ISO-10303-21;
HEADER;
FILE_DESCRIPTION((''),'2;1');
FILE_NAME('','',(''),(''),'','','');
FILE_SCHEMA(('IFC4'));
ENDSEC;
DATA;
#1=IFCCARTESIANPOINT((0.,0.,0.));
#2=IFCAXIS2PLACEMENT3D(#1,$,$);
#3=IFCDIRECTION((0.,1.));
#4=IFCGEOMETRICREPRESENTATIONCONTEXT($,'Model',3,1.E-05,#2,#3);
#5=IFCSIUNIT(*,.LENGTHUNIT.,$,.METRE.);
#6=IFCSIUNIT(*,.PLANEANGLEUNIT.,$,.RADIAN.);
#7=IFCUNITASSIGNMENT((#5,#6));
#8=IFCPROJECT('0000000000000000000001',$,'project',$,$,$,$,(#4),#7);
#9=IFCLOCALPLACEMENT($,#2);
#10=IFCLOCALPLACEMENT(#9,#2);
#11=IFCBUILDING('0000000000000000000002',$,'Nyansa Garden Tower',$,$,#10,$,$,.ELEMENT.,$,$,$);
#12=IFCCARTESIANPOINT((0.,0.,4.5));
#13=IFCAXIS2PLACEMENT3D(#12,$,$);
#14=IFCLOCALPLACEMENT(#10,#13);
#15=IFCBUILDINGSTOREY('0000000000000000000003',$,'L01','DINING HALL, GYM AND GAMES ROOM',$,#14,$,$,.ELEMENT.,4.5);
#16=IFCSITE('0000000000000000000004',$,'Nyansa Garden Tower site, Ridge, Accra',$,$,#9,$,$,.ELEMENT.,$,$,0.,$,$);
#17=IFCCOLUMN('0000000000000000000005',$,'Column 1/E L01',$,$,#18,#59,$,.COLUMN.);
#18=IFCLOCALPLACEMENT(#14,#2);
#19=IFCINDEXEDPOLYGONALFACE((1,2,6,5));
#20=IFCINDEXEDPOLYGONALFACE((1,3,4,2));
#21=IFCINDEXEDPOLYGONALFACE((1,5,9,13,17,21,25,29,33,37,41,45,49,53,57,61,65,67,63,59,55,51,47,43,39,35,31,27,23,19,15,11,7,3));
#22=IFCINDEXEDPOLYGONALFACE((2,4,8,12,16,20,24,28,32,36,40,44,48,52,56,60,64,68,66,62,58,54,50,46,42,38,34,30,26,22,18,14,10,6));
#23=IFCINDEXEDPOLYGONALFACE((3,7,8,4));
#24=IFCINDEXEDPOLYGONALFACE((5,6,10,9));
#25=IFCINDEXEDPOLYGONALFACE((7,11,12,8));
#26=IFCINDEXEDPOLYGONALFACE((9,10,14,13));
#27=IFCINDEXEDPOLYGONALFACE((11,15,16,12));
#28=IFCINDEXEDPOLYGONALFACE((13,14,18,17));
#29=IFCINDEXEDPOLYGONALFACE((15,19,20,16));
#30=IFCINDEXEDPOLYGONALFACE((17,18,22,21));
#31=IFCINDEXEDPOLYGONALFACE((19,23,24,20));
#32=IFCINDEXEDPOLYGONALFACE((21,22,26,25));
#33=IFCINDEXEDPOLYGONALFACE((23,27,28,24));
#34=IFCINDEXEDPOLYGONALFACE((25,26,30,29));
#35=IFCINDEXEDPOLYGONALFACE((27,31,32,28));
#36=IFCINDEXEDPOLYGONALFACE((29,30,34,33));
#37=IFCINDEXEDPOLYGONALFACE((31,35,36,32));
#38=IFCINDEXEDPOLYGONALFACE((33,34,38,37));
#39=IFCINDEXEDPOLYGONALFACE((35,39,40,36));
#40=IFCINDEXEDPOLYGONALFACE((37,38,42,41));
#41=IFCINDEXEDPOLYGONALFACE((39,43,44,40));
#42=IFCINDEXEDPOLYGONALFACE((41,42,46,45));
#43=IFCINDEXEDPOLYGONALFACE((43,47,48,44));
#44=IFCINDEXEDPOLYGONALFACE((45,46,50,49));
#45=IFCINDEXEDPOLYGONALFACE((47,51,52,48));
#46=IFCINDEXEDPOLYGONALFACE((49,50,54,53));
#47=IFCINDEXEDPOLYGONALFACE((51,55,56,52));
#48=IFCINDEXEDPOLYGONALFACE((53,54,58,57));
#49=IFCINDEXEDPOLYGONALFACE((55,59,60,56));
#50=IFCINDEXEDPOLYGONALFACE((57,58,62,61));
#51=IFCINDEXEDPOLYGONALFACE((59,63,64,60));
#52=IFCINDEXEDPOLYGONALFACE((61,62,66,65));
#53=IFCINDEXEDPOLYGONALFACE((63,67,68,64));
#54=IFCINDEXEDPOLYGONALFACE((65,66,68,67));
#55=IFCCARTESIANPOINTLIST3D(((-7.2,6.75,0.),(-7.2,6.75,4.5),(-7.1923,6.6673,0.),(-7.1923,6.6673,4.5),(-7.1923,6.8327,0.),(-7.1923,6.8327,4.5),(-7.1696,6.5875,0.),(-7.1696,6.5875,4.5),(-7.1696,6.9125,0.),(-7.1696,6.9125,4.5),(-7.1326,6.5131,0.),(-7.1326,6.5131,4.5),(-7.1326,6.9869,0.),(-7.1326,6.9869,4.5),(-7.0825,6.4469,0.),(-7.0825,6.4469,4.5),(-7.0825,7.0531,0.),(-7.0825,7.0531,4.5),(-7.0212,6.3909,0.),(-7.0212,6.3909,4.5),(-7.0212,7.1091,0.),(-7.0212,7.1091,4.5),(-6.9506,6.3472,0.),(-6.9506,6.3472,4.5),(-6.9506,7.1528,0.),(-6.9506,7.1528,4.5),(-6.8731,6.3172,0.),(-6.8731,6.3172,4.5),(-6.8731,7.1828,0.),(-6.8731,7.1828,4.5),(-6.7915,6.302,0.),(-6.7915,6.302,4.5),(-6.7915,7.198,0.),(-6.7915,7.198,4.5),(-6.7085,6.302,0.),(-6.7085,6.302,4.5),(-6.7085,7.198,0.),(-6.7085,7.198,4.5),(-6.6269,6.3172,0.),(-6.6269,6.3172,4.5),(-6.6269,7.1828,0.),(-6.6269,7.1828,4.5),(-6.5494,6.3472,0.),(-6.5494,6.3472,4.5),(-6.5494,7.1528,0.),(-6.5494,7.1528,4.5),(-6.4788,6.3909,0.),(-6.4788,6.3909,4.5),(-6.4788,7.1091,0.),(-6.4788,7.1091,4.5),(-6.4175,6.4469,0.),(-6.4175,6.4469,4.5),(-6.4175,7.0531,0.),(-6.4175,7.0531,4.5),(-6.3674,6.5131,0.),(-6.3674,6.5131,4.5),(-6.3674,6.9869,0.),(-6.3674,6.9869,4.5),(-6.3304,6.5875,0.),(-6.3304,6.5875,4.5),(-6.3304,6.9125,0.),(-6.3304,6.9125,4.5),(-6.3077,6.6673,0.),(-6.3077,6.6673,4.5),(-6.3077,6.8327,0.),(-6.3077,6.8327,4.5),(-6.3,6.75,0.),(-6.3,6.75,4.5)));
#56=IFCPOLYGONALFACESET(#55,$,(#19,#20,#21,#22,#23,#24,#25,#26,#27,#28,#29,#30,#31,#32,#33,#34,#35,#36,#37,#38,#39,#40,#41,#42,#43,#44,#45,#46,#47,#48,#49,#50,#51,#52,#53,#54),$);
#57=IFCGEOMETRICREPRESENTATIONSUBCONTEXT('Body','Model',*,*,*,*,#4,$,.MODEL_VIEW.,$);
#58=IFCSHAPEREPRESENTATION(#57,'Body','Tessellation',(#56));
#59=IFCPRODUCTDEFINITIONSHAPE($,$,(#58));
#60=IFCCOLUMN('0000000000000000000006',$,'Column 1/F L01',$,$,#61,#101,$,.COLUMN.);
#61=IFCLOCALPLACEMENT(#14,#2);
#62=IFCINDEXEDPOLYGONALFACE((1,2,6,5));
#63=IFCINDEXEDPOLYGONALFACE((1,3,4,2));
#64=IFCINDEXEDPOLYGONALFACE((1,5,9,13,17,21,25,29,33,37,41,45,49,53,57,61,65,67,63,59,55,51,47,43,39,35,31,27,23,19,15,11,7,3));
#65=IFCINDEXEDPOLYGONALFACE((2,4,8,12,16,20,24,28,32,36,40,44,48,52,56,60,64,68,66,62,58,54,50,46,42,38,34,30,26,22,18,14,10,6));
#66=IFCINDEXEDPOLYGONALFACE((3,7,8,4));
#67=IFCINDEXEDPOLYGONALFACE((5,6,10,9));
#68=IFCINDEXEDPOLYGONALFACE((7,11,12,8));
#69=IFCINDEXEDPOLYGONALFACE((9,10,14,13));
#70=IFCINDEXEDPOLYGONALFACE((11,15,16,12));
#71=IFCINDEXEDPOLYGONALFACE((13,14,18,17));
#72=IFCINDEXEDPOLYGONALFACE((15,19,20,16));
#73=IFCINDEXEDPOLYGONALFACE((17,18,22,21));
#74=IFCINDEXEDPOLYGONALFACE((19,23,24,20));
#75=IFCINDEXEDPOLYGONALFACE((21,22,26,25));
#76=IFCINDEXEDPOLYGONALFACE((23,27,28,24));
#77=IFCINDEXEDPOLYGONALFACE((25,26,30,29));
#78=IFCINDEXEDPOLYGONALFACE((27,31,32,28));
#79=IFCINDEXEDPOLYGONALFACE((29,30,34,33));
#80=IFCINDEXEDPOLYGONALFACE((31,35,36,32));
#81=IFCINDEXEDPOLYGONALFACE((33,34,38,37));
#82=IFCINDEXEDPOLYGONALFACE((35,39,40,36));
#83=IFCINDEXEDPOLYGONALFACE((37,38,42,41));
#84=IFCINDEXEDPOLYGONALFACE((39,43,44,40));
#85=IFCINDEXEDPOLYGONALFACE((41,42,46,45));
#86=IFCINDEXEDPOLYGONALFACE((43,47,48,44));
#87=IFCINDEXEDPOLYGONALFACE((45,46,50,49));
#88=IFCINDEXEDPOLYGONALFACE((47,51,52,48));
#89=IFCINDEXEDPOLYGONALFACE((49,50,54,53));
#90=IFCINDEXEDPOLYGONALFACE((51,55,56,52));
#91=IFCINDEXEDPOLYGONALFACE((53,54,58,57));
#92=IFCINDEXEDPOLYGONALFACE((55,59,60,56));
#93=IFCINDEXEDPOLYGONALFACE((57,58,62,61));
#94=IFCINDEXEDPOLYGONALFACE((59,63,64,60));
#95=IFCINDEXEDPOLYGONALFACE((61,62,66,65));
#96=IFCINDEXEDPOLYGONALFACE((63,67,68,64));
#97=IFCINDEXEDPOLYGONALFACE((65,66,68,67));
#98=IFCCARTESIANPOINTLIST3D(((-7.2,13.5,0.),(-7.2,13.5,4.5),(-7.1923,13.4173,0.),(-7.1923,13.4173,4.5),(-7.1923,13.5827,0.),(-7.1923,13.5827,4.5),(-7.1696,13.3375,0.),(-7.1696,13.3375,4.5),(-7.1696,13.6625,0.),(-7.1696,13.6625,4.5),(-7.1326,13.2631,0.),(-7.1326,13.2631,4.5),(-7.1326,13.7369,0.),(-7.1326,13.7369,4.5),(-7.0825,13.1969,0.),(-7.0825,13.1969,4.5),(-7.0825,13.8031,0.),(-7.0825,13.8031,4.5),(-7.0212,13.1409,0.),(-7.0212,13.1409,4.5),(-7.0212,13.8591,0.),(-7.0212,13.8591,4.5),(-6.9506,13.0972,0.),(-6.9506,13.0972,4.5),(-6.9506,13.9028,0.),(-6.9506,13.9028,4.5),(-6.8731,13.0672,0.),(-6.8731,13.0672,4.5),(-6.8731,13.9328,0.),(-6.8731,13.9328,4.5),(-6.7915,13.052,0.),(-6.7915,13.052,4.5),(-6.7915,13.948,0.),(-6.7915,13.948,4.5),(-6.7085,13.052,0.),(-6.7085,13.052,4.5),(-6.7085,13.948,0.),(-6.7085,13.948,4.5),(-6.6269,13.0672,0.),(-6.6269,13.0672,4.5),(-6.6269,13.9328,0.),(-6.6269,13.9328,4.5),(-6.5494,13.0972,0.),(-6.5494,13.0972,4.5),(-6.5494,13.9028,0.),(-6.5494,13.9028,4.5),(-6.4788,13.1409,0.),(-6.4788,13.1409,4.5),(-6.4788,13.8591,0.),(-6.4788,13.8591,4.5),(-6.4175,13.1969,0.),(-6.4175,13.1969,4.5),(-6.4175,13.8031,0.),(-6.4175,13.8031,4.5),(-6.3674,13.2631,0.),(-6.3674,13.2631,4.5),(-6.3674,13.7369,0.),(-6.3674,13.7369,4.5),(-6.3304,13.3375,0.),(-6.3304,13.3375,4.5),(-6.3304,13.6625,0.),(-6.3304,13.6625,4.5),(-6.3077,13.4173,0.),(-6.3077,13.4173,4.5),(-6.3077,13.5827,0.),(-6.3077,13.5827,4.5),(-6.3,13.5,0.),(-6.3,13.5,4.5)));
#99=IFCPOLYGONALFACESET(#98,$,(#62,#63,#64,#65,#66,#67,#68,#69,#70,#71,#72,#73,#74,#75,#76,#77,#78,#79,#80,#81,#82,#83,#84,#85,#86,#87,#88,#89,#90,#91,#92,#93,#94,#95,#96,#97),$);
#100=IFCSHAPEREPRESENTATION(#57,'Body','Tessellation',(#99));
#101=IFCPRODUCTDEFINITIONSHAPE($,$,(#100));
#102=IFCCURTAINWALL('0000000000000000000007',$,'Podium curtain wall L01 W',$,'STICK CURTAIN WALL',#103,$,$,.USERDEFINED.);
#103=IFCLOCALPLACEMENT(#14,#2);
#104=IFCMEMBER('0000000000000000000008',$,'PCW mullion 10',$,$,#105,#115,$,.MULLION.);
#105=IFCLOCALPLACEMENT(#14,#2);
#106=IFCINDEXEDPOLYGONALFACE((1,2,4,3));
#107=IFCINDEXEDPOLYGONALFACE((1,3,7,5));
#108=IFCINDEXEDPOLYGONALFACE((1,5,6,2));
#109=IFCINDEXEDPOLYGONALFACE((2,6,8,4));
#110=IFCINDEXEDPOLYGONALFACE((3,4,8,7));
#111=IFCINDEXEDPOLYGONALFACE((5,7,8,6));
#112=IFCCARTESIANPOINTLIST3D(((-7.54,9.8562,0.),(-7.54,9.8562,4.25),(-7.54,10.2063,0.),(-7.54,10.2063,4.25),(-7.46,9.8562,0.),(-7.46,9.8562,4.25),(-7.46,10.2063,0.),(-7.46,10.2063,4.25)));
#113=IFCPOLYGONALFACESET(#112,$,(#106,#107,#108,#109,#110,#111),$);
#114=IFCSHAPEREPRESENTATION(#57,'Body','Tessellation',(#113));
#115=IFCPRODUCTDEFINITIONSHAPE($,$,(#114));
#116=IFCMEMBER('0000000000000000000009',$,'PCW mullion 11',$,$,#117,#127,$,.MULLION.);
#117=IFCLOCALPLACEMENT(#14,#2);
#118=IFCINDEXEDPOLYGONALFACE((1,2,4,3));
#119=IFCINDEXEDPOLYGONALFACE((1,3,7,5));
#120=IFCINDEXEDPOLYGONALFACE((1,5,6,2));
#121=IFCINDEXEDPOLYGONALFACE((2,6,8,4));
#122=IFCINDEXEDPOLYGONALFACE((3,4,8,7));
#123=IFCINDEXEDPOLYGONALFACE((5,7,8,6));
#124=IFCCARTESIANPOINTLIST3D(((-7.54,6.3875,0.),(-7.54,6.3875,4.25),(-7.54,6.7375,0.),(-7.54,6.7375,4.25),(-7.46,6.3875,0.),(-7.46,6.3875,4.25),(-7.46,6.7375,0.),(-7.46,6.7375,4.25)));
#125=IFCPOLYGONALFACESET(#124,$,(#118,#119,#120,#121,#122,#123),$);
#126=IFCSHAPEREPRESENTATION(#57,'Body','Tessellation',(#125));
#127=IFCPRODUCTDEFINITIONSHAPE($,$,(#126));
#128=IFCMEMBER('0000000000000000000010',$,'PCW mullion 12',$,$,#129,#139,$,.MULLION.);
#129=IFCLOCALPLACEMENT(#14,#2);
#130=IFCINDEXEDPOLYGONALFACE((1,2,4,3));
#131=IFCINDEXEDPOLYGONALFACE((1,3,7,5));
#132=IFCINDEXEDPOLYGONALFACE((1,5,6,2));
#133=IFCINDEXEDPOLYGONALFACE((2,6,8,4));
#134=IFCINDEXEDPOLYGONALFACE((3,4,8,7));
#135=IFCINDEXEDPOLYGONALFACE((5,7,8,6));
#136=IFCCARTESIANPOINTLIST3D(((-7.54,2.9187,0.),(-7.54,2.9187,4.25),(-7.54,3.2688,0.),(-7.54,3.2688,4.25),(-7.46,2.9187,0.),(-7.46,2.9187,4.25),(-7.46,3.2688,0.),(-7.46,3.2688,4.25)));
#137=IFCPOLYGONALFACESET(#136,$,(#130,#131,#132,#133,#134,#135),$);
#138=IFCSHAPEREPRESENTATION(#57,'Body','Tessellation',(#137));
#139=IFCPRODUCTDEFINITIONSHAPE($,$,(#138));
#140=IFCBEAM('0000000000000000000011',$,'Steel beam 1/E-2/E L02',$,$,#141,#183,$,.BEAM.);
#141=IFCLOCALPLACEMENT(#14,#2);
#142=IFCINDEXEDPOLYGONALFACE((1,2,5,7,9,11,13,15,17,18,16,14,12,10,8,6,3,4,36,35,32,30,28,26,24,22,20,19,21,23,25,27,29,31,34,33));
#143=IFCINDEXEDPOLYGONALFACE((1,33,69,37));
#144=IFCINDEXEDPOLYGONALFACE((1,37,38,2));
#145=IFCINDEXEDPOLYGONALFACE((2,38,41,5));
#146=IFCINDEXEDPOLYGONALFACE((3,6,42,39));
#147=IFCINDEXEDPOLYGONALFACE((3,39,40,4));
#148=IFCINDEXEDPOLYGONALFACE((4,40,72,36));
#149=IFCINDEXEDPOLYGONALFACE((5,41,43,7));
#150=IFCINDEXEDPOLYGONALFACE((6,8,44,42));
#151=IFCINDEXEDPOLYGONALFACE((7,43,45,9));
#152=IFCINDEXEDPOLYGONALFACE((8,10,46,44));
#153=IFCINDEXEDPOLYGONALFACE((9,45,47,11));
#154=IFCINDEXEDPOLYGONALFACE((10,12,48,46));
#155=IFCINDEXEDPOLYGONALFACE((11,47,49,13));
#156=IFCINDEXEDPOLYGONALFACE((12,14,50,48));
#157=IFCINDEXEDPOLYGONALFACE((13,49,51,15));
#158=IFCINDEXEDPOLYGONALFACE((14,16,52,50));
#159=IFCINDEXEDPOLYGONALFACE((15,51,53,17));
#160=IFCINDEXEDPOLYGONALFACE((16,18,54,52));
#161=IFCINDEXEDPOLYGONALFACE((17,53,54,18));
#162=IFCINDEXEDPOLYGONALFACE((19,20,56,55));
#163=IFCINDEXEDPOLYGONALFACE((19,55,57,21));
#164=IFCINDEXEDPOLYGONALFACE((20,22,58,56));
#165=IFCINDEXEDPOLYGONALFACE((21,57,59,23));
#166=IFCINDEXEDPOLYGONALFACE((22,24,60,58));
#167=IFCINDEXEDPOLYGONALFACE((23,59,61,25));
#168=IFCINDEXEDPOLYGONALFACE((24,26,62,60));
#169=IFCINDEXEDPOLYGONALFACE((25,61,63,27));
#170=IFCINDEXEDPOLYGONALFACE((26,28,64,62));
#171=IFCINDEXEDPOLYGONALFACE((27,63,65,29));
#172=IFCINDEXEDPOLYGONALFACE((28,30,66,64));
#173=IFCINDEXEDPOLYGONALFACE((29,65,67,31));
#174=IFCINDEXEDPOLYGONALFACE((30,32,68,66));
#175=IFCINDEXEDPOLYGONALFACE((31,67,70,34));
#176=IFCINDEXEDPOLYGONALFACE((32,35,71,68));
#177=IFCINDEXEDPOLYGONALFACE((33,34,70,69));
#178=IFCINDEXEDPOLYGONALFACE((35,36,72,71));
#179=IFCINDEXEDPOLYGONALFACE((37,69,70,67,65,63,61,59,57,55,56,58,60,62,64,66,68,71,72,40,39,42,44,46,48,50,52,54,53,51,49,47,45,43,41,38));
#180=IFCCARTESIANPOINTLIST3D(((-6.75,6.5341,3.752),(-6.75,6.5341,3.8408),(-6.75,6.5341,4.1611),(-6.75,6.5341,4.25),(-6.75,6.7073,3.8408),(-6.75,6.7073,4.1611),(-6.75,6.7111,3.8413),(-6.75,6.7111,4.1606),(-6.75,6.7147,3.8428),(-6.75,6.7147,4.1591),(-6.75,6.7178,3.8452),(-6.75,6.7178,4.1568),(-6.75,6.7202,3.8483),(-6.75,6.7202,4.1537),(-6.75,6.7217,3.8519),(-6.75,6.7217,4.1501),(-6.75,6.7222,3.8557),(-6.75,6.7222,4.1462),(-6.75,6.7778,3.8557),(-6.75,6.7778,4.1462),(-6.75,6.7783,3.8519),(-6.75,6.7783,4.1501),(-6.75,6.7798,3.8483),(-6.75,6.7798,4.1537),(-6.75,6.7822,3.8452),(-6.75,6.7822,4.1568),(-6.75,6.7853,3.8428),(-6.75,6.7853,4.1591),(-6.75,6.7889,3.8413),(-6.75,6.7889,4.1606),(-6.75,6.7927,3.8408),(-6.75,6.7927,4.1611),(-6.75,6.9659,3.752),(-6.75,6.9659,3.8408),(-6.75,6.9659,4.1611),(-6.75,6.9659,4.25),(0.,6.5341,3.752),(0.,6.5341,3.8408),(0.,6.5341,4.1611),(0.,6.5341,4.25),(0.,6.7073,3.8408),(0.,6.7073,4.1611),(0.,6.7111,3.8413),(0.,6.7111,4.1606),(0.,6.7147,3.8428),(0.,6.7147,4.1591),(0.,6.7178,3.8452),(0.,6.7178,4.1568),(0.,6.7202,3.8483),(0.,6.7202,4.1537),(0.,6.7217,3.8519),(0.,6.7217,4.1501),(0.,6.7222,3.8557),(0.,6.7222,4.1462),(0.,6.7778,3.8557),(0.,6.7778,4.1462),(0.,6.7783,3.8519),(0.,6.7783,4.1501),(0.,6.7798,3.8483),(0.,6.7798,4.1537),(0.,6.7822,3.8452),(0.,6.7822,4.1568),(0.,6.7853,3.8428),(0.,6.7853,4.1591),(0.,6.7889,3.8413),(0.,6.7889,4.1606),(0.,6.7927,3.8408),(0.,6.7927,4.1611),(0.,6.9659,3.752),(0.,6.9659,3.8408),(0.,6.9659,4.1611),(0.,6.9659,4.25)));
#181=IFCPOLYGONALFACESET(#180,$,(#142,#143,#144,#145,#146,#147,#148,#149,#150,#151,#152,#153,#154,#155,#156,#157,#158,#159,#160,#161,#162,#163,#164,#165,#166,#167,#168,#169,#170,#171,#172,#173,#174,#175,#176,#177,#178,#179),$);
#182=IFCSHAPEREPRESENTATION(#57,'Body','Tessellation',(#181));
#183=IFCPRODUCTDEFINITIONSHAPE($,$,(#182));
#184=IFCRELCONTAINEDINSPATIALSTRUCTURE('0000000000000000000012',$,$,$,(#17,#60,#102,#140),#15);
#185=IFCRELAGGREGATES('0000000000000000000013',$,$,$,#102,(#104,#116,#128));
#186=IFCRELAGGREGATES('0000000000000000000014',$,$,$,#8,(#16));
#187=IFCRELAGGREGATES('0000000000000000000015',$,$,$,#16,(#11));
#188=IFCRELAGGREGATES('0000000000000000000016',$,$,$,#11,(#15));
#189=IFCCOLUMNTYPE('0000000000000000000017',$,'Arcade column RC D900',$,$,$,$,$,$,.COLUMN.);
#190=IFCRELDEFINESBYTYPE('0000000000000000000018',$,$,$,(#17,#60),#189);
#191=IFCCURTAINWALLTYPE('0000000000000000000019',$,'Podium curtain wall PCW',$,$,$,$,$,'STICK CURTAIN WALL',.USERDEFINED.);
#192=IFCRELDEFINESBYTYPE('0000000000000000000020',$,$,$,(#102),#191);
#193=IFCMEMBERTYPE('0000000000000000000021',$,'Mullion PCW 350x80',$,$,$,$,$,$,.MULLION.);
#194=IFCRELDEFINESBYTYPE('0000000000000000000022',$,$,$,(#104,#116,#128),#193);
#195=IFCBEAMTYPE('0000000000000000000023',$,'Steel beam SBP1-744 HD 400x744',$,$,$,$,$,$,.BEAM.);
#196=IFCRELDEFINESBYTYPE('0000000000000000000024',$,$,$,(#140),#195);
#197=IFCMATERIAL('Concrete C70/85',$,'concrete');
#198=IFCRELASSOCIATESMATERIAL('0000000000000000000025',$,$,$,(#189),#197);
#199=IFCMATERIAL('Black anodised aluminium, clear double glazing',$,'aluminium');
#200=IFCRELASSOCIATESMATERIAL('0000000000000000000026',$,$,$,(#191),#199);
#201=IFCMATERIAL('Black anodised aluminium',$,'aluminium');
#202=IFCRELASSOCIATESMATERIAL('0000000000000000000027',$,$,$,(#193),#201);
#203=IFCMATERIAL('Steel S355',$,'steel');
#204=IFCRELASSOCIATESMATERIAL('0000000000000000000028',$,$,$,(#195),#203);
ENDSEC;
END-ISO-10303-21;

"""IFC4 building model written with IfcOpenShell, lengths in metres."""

from ifc_helpers import new_model, si_unit, direction, frame, origin, origin_2d, place, context, subcontext, project, spatial, rectangle, circle, i_section, extrude, material, material_profile, profile_set, type_object, element, aggregate, save


model = new_model("IFC4")

# Units and contexts
model_context = context("Model", 3, precision=1e-05, world=origin(), true_north=direction((0.0, 1.0)))
body_context = subcontext(model_context, "Body", "Model", "MODEL_VIEW")
ifc_project = project(units=[si_unit("LENGTHUNIT", "METRE"), si_unit("PLANEANGLEUNIT", "RADIAN")], contexts=[model_context])

# Site, building, storey
site_placement = place(None, origin())
site = spatial("IfcSite", under=ifc_project, at=site_placement, Name="Nyansa Garden Tower site, Ridge, Accra", CompositionType="ELEMENT", RefElevation=0.0)
building_placement = place(site_placement, origin())
building = spatial("IfcBuilding", under=site, at=building_placement, Name="Nyansa Garden Tower", CompositionType="ELEMENT")
storey_placement = place(building_placement, frame((0.0, 0.0, 4.5)))
storey = spatial("IfcBuildingStorey", under=building, at=storey_placement, Name="L01", Description="DINING HALL, GYM AND GAMES ROOM", CompositionType="ELEMENT", Elevation=4.5)

# Columns
ifc_material_1 = material(Name="Concrete C70/85", Category="concrete")
ifc_material_profile_1 = material_profile(ifc_material_1, circle(Radius=0.45, at=origin_2d()), Name="RC D900")
ifc_profile_set_1 = profile_set([ifc_material_profile_1], Name="Concrete C70/85")
column_type = type_object("IfcColumnType", Name="Arcade column RC D900", PredefinedType="COLUMN", material=ifc_profile_set_1)
for number, where, z_axis, x_axis, name in (
    (1, (-6.75, 6.75, 0.0), (0.0, 0.0, 1.0), (1.0, 0.0, 0.0), "Column 1/E L01"),
    (2, (-6.75, 13.5, 0.0), (0.0, 0.0, 1.0), (1.0, 0.0, 0.0), "Column 1/F L01"),
):
    element("IfcColumn", number, at=place(storey_placement, frame(where, z_axis=z_axis, x_axis=x_axis)), inside=storey, type_object=column_type, Name=name, PredefinedType="COLUMN", context=body_context, shape_type="SweptSolid", body=[
        extrude(circle(Radius=0.45, at=origin_2d()), origin(), (0.0, 0.0, 1.0), 4.5),
    ])

# Curtain wall, members
ifc_material_2 = material(Name="Black anodised aluminium, clear double glazing", Category="aluminium")
curtain_wall_type = type_object("IfcCurtainWallType", Name="Podium curtain wall PCW", ElementType="STICK CURTAIN WALL", PredefinedType="USERDEFINED", material=ifc_material_2)
curtain_wall_placement = place(storey_placement, origin())
curtain_wall = element("IfcCurtainWall", 3, at=curtain_wall_placement, inside=storey, type_object=curtain_wall_type, Name="Podium curtain wall L01 W", ObjectType="STICK CURTAIN WALL", PredefinedType="USERDEFINED")
ifc_material_3 = material(Name="Black anodised aluminium", Category="aluminium")
ifc_material_profile_2 = material_profile(ifc_material_3, rectangle(XDim=0.0801, YDim=0.3501, at=origin_2d()), Name="Mullion 350x80")
ifc_profile_set_2 = profile_set([ifc_material_profile_2], Name="Black anodised aluminium")
member_type_1 = type_object("IfcMemberType", Name="Mullion PCW 350x80", PredefinedType="MULLION", material=ifc_profile_set_2)
member_1_placement = place(storey_placement, frame((-7.5, 10.0312, 0.0), z_axis=(0.0, 0.0, 1.0), x_axis=(1.0, 0.0, 0.0)))
member_1 = element("IfcMember", 4, at=member_1_placement, type_object=member_type_1, Name="PCW mullion 10", PredefinedType="MULLION", context=body_context, shape_type="SweptSolid", body=[
    extrude(rectangle(XDim=0.0801, YDim=0.3501, at=origin_2d()), origin(), (0.0, 0.0, 1.0), 4.25),
])
member_2_placement = place(storey_placement, frame((-7.5, 6.5625, 0.0), z_axis=(0.0, 0.0, 1.0), x_axis=(1.0, 0.0, 0.0)))
member_2 = element("IfcMember", 5, at=member_2_placement, type_object=member_type_1, Name="PCW mullion 11", PredefinedType="MULLION", context=body_context, shape_type="SweptSolid", body=[
    extrude(rectangle(XDim=0.0801, YDim=0.3501, at=origin_2d()), origin(), (0.0, 0.0, 1.0), 4.25),
])
member_3_placement = place(storey_placement, frame((-7.5, 3.0938, 0.0), z_axis=(0.0, 0.0, 1.0), x_axis=(1.0, 0.0, 0.0)))
member_3 = element("IfcMember", 6, at=member_3_placement, type_object=member_type_1, Name="PCW mullion 12", PredefinedType="MULLION", context=body_context, shape_type="SweptSolid", body=[
    extrude(rectangle(XDim=0.0801, YDim=0.3501, at=origin_2d()), origin(), (0.0, 0.0, 1.0), 4.25),
])

# Beam
ifc_material_4 = material(Name="Steel S355", Category="steel")
ifc_material_profile_3 = material_profile(ifc_material_4, i_section(OverallWidth=0.4319, OverallDepth=0.498, WebThickness=0.0557, FlangeThickness=0.0889, FilletRadius=0.0149, at=origin_2d()), Name="HD 400x744")
ifc_profile_set_3 = profile_set([ifc_material_profile_3], Name="Steel S355")
beam_type_1 = type_object("IfcBeamType", Name="Steel beam SBP1-744 HD 400x744", PredefinedType="BEAM", material=ifc_profile_set_3)
for number, where, z_axis, x_axis, name in (
    (7, (-6.75, 6.75, 4.001), (1.0, 0.0, 0.0), (0.0, 1.0, 0.0), "Steel beam 1/E-2/E L02"),
):
    element("IfcBeam", number, at=place(storey_placement, frame(where, z_axis=z_axis, x_axis=x_axis)), inside=storey, type_object=beam_type_1, Name=name, PredefinedType="BEAM", context=body_context, shape_type="SweptSolid", body=[
        extrude(i_section(OverallWidth=0.4319, OverallDepth=0.498, WebThickness=0.0557, FlangeThickness=0.0889, FilletRadius=0.0149, at=origin_2d()), origin(), (0.0, 0.0, 1.0), 6.75),
    ])

aggregate(curtain_wall, [member_1, member_2, member_3])

save(model, "model.ifc")
